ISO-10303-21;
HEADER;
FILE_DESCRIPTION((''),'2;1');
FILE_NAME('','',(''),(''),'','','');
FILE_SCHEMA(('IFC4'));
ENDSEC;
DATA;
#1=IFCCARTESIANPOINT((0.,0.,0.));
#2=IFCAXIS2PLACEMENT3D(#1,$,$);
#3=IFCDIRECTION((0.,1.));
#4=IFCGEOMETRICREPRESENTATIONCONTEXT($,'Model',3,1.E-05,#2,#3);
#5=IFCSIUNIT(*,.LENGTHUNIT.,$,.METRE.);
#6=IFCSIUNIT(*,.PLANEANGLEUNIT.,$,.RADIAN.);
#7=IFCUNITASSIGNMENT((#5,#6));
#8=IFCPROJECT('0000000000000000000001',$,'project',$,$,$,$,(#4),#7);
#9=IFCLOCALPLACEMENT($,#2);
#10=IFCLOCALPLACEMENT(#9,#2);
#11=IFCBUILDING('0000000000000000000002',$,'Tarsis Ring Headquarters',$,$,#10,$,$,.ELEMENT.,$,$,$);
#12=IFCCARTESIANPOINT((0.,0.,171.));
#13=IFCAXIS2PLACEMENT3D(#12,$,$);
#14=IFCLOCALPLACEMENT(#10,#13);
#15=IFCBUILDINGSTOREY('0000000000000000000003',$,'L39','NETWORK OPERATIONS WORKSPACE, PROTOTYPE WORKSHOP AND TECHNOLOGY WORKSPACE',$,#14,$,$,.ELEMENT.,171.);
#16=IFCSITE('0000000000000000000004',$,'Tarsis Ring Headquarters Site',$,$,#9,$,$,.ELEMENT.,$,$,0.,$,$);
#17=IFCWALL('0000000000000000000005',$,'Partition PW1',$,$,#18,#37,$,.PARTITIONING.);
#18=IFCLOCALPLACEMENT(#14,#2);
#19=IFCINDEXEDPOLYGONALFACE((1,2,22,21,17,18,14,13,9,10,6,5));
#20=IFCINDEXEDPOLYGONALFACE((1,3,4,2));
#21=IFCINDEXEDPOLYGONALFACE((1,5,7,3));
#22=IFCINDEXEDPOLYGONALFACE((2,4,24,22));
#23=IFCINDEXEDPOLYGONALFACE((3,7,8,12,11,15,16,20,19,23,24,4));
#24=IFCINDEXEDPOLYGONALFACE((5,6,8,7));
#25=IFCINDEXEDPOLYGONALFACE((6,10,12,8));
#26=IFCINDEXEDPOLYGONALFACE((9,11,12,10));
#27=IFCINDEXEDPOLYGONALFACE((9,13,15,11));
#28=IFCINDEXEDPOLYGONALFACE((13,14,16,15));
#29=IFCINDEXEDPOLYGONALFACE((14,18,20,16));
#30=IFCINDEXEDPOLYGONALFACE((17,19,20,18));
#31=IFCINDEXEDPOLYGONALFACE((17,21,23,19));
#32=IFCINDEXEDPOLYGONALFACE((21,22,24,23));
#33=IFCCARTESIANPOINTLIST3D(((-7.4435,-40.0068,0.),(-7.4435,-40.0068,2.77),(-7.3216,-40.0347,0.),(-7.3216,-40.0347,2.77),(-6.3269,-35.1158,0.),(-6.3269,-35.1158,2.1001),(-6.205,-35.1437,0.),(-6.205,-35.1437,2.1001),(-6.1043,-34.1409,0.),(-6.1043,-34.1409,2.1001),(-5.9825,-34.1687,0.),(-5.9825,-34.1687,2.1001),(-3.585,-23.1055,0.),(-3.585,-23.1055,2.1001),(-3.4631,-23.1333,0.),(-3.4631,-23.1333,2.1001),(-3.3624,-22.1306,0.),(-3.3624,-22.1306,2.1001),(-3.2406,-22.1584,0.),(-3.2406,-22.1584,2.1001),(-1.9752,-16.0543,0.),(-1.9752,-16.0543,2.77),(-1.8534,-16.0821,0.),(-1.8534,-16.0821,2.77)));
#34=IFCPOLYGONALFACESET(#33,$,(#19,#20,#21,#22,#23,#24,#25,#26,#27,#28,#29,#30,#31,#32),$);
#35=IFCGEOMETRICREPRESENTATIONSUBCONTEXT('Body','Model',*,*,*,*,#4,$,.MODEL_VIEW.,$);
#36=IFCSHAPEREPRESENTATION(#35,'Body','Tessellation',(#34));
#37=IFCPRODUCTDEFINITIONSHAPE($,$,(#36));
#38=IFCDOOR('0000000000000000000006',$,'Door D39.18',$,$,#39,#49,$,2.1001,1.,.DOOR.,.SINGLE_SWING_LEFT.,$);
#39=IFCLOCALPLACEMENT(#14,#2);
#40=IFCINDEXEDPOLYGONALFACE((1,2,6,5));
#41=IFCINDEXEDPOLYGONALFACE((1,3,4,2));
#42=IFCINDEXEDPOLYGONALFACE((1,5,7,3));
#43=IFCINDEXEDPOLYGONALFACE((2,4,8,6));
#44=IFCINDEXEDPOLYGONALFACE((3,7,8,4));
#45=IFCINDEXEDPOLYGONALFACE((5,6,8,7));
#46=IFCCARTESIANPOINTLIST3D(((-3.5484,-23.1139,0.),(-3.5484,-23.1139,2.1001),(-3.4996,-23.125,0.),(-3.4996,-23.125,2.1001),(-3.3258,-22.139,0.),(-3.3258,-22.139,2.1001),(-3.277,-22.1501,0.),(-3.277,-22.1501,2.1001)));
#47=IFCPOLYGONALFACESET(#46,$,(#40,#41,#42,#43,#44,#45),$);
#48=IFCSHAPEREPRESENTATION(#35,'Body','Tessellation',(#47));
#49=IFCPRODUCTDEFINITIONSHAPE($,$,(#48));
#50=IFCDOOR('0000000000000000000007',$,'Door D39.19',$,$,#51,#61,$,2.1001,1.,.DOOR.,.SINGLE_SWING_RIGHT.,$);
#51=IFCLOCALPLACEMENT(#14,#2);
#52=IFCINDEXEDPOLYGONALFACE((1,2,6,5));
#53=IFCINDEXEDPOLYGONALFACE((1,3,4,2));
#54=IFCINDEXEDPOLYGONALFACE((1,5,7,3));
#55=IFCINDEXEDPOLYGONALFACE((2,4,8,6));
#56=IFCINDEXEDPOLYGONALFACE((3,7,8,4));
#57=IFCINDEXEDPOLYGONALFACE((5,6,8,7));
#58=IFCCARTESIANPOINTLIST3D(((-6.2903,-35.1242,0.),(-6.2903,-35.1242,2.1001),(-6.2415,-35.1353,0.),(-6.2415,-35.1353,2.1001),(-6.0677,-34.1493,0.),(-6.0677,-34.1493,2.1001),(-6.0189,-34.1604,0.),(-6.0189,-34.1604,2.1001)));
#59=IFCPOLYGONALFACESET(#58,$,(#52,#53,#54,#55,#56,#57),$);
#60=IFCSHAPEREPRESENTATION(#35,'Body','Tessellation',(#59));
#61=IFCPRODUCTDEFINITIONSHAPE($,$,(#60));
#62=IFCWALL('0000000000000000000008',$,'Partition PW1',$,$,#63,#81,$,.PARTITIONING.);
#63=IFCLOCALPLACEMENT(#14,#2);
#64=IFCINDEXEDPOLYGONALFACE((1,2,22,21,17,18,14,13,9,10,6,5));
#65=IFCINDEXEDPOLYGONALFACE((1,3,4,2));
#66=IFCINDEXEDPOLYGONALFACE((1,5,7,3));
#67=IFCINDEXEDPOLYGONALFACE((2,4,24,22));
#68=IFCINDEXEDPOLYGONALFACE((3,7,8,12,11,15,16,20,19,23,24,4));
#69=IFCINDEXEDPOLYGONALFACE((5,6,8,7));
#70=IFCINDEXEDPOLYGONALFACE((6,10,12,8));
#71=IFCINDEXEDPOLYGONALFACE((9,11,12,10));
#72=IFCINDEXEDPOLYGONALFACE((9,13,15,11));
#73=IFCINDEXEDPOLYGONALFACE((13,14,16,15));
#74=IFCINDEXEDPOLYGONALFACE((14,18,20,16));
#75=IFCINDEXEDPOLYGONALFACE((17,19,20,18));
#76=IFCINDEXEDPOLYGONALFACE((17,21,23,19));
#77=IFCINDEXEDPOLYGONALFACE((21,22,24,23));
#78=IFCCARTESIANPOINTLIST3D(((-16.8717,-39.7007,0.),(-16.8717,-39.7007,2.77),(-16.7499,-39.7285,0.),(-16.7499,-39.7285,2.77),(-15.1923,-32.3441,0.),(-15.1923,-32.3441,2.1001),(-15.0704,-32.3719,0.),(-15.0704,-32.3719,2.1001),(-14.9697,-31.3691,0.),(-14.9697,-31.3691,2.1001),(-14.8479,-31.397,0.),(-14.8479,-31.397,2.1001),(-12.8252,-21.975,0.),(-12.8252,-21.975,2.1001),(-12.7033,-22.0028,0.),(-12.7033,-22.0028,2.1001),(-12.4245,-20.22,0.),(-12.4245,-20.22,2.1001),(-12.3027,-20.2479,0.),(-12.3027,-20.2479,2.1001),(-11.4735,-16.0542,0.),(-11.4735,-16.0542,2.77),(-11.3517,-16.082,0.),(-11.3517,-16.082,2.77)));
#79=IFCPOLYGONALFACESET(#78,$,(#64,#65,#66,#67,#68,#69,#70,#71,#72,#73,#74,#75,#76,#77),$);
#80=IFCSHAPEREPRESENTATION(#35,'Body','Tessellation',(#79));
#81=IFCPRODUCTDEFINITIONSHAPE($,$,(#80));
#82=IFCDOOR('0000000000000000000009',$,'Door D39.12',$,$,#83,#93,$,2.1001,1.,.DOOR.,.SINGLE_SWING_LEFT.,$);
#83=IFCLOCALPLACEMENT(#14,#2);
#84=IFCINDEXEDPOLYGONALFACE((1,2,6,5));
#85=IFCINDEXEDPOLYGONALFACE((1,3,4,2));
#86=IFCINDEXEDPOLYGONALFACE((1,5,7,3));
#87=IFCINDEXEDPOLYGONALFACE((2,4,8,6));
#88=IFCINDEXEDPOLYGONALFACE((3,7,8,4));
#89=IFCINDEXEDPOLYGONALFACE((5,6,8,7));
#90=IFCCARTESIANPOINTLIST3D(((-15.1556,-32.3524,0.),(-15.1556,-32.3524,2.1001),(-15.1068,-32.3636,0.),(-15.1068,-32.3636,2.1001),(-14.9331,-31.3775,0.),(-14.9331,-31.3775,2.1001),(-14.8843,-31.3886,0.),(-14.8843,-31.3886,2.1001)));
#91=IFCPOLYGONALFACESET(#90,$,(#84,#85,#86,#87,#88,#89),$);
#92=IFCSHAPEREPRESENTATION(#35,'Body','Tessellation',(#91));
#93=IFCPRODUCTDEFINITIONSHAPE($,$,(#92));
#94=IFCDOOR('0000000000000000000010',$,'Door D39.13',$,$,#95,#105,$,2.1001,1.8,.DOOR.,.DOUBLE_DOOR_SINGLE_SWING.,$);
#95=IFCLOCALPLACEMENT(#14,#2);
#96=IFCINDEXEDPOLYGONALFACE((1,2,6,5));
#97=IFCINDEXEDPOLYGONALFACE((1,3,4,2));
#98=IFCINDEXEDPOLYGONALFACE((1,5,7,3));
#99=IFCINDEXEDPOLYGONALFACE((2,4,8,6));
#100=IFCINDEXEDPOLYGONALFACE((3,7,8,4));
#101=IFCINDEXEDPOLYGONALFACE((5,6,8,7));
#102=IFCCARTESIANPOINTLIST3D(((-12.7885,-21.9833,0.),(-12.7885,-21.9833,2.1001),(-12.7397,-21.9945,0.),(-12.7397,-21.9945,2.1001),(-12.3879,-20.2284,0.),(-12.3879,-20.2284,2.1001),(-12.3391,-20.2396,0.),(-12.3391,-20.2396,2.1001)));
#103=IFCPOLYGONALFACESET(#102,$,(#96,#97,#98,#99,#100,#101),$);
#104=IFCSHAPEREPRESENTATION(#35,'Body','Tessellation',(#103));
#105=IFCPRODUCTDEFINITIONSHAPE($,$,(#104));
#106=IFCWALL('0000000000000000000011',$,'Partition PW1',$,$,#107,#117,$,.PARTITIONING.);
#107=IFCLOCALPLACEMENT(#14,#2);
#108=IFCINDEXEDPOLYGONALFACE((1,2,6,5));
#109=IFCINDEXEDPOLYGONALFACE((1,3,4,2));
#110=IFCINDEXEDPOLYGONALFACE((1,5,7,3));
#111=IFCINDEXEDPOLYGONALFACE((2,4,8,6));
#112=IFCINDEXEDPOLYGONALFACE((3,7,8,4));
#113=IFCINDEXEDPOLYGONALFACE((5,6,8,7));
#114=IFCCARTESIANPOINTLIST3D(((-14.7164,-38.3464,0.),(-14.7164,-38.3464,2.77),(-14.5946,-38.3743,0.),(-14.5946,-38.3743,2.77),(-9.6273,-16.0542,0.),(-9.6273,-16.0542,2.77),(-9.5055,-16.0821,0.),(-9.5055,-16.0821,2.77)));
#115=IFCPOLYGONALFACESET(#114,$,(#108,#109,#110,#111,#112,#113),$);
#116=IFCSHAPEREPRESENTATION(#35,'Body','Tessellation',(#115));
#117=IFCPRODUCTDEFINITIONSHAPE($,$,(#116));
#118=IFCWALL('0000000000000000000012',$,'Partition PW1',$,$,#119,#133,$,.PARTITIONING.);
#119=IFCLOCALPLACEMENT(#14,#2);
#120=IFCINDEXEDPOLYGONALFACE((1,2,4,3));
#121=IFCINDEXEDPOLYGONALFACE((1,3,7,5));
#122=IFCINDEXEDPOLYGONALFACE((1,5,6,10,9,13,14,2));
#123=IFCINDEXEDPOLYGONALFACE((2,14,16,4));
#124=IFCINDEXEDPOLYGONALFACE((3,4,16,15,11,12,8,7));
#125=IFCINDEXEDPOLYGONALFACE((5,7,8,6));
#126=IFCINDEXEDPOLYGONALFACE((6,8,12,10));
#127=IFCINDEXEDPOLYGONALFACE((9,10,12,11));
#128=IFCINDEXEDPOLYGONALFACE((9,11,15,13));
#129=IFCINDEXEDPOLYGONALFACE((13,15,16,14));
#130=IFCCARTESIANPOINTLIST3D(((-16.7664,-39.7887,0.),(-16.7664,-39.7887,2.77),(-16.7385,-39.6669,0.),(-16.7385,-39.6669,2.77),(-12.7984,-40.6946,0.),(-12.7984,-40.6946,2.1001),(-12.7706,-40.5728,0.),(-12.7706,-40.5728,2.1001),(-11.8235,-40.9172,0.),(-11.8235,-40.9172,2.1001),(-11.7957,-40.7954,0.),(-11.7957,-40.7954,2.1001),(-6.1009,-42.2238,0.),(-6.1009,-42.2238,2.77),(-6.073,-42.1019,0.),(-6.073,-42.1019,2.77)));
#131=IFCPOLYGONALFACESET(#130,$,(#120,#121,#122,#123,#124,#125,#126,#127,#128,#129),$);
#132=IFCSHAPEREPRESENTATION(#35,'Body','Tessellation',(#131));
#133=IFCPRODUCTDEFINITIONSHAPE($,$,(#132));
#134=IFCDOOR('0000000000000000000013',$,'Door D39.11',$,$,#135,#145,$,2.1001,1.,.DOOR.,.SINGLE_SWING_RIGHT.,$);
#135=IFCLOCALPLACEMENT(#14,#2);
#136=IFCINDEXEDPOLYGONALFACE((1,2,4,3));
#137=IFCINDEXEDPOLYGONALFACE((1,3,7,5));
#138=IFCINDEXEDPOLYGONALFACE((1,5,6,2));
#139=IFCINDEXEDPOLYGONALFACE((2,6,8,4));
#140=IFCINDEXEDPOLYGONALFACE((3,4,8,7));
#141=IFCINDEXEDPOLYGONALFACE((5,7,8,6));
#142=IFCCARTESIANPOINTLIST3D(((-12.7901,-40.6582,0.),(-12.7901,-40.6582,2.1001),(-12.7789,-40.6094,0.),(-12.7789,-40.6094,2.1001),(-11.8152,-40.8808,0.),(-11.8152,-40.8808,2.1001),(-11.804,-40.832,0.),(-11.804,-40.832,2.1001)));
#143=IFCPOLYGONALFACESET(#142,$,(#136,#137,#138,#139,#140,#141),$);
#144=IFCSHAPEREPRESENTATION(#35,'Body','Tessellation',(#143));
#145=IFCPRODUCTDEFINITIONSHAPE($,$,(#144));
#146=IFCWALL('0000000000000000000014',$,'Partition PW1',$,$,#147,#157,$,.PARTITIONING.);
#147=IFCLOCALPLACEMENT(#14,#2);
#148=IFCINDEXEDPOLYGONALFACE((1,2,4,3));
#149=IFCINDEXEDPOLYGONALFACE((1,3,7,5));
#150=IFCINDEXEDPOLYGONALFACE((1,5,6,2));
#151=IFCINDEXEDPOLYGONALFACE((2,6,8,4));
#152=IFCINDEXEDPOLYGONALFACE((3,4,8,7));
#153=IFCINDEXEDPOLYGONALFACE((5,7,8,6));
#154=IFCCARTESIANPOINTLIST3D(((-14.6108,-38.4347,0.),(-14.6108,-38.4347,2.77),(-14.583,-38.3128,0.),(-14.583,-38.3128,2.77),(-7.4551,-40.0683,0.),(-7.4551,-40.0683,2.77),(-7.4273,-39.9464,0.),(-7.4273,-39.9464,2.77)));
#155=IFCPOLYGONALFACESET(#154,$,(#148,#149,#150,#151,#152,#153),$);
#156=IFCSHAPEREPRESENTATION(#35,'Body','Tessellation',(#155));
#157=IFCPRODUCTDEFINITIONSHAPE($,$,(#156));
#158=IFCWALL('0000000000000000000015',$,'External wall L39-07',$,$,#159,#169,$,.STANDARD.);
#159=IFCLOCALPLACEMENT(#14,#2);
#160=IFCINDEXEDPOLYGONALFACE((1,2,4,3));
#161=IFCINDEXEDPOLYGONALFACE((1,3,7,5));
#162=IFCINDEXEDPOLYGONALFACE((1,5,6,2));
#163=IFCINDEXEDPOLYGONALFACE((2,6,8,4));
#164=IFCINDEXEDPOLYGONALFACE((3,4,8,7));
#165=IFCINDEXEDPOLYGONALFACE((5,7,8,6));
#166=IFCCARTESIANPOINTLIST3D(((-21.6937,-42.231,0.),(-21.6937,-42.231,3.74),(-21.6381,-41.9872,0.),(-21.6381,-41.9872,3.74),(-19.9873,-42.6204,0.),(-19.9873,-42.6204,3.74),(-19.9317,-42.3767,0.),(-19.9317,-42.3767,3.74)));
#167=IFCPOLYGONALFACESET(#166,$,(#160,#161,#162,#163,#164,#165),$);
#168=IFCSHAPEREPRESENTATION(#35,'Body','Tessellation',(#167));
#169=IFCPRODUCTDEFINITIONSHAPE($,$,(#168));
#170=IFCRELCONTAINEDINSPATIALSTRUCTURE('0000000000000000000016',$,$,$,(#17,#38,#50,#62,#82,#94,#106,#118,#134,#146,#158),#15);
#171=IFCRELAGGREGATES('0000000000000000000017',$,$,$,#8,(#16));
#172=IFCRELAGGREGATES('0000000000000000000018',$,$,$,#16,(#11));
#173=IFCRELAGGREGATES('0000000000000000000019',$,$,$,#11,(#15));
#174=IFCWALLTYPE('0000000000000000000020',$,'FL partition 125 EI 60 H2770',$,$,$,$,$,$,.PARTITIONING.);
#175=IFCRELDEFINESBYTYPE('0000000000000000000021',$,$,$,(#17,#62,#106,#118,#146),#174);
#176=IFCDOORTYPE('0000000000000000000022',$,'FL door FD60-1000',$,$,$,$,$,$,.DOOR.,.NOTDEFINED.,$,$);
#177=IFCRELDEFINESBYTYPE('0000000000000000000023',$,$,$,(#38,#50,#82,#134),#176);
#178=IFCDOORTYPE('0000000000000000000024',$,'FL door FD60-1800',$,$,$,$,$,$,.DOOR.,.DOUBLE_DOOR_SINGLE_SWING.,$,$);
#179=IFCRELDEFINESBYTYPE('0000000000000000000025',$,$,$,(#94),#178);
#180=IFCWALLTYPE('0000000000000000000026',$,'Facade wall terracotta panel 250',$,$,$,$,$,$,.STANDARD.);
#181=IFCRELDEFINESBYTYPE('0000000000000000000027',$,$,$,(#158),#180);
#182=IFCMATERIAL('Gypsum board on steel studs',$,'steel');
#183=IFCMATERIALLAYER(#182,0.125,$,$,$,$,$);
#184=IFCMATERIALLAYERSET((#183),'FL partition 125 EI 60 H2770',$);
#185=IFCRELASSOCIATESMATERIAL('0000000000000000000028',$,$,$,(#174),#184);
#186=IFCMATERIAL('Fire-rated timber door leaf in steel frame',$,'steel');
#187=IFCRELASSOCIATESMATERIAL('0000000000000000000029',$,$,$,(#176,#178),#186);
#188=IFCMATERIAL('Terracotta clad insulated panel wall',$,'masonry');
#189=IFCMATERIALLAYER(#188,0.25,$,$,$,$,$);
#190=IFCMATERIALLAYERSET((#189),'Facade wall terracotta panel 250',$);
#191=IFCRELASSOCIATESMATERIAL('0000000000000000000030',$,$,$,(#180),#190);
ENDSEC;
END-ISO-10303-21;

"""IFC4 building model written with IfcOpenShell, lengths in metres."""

from ifc_helpers import new_model, si_unit, direction, frame, frame_2d, origin, place, context, subcontext, project, spatial, rectangle, extrude, material, layer, layer_set, type_object, element, fill, save


model = new_model("IFC4")

# Units and contexts
model_context = context("Model", 3, precision=1e-05, world=origin(), true_north=direction((0.0, 1.0)))
body_context = subcontext(model_context, "Body", "Model", "MODEL_VIEW")
ifc_project = project(units=[si_unit("LENGTHUNIT", "METRE"), si_unit("PLANEANGLEUNIT", "RADIAN")], contexts=[model_context])

# Site, building, storey
site_placement = place(None, origin())
site = spatial("IfcSite", under=ifc_project, at=site_placement, Name="Tarsis Ring Headquarters Site", CompositionType="ELEMENT", RefElevation=0.0)
building_placement = place(site_placement, origin())
building = spatial("IfcBuilding", under=site, at=building_placement, Name="Tarsis Ring Headquarters", CompositionType="ELEMENT")
storey_placement = place(building_placement, frame((0.0, 0.0, 171.0)))
storey = spatial("IfcBuildingStorey", under=building, at=storey_placement, Name="L39", Description="NETWORK OPERATIONS WORKSPACE, PROTOTYPE WORKSHOP AND TECHNOLOGY WORKSPACE", CompositionType="ELEMENT", Elevation=171.0)

# Shared definitions
ifc_material_1 = material(Name="Gypsum board on steel studs", Category="steel")

# Walls, openings, doors
ifc_layer_1 = layer(ifc_material_1, 0.125)
ifc_layer_set_1 = layer_set([ifc_layer_1], Name="FL partition 125 EI 60 H2770")
wall_type_1 = type_object("IfcWallType", Name="FL partition 125 EI 60 H2770", PredefinedType="PARTITIONING", material=ifc_layer_set_1)
wall_1_placement = place(storey_placement, frame((-7.3826, -40.0208, 0.0), z_axis=(0.0, 0.0, 1.0), x_axis=(0.222568, 0.974917, 0.0)))
wall_1 = element("IfcWall", 1, at=wall_1_placement, inside=storey, type_object=wall_type_1, Name="Partition PW1", PredefinedType="PARTITIONING", context=body_context, shape_type="SweptSolid", body=[
    extrude(rectangle(XDim=24.5688, YDim=0.125, at=frame_2d((12.2844, 0.0))), origin(), (0.0, 0.0, 1.0), 2.77),
])
opening_1_placement = place(wall_1_placement, frame((17.3362, 0.0, 0.0)))
opening_1 = element("IfcOpeningElement", 2, at=opening_1_placement, cuts=wall_1, PredefinedType="OPENING", context=body_context, shape_type="SweptSolid", body=[
    extrude(rectangle(XDim=1.0, YDim=2.1001, at=frame_2d((0.5, 1.05))), frame((0.0, 0.0725, 0.0), z_axis=(0.0, -1.0, 0.0), x_axis=(1.0, 0.0, 0.0)), (0.0, 0.0, 1.0), 0.145),
])
opening_2_placement = place(wall_1_placement, frame((5.0168, 0.0, 0.0)))
opening_2 = element("IfcOpeningElement", 3, at=opening_2_placement, cuts=wall_1, PredefinedType="OPENING", context=body_context, shape_type="SweptSolid", body=[
    extrude(rectangle(XDim=1.0, YDim=2.1001, at=frame_2d((0.5, 1.05))), frame((0.0, 0.0725, 0.0), z_axis=(0.0, -1.0, 0.0), x_axis=(1.0, 0.0, 0.0)), (0.0, 0.0, 1.0), 0.145),
])
ifc_material_2 = material(Name="Fire-rated timber door leaf in steel frame", Category="steel")
door_type_1 = type_object("IfcDoorType", Name="FL door FD60-1000", OperationType="NOTDEFINED", PredefinedType="DOOR", material=ifc_material_2)
door_1_placement = place(opening_1_placement, origin())
door_1 = element("IfcDoor", 4, at=door_1_placement, inside=storey, type_object=door_type_1, Name="Door D39.18", OperationType="SINGLE_SWING_LEFT", OverallHeight=2.1001, OverallWidth=1.0, PredefinedType="DOOR", context=body_context, shape_type="SweptSolid", body=[
    extrude(rectangle(XDim=1.0, YDim=2.1001, at=frame_2d((0.5, 1.05))), frame((0.0, 0.0249, 0.0), z_axis=(0.0, -1.0, 0.0), x_axis=(1.0, 0.0, 0.0)), (0.0, 0.0, 1.0), 0.05),
])
fill(opening_1, door_1)
door_2_placement = place(opening_2_placement, origin())
door_2 = element("IfcDoor", 5, at=door_2_placement, inside=storey, type_object=door_type_1, Name="Door D39.19", OperationType="SINGLE_SWING_RIGHT", OverallHeight=2.1001, OverallWidth=1.0, PredefinedType="DOOR", context=body_context, shape_type="SweptSolid", body=[
    extrude(rectangle(XDim=1.0, YDim=2.1001, at=frame_2d((0.5, 1.05))), frame((0.0, 0.0249, 0.0), z_axis=(0.0, -1.0, 0.0), x_axis=(1.0, 0.0, 0.0)), (0.0, 0.0, 1.0), 0.05),
])
fill(opening_2, door_2)
wall_2_placement = place(storey_placement, frame((-16.8108, -39.7146, 0.0), z_axis=(0.0, 0.0, 1.0), x_axis=(0.222562, 0.974919, 0.0)))
wall_2 = element("IfcWall", 6, at=wall_2_placement, inside=storey, type_object=wall_type_1, Name="Partition PW1", PredefinedType="PARTITIONING", context=body_context, shape_type="SweptSolid", body=[
    extrude(rectangle(XDim=24.2549, YDim=0.125, at=frame_2d((12.1274, 0.0))), origin(), (0.0, 0.0, 1.0), 2.77),
])
opening_3_placement = place(wall_2_placement, frame((7.5459, 0.0, 0.0)))
opening_3 = element("IfcOpeningElement", 7, at=opening_3_placement, cuts=wall_2, PredefinedType="OPENING", context=body_context, shape_type="SweptSolid", body=[
    extrude(rectangle(XDim=1.0, YDim=2.1001, at=frame_2d((0.5, 1.05))), frame((0.0, 0.0725, 0.0), z_axis=(0.0, -1.0, 0.0), x_axis=(1.0, 0.0, 0.0)), (0.0, 0.0, 1.0), 0.145),
])
opening_4_placement = place(wall_2_placement, frame((18.1819, 0.0, 0.0)))
opening_4 = element("IfcOpeningElement", 8, at=opening_4_placement, cuts=wall_2, PredefinedType="OPENING", context=body_context, shape_type="SweptSolid", body=[
    extrude(rectangle(XDim=1.8, YDim=2.1001, at=frame_2d((0.8999, 1.05))), frame((0.0, 0.0725, 0.0), z_axis=(0.0, -1.0, 0.0), x_axis=(1.0, 0.0, 0.0)), (0.0, 0.0, 1.0), 0.145),
])
door_3_placement = place(opening_3_placement, origin())
door_3 = element("IfcDoor", 9, at=door_3_placement, inside=storey, type_object=door_type_1, Name="Door D39.12", OperationType="SINGLE_SWING_LEFT", OverallHeight=2.1001, OverallWidth=1.0, PredefinedType="DOOR", context=body_context, shape_type="SweptSolid", body=[
    extrude(rectangle(XDim=1.0, YDim=2.1001, at=frame_2d((0.5, 1.05))), frame((0.0, 0.0249, 0.0), z_axis=(0.0, -1.0, 0.0), x_axis=(1.0, 0.0, 0.0)), (0.0, 0.0, 1.0), 0.05),
])
fill(opening_3, door_3)
door_type_2 = type_object("IfcDoorType", Name="FL door FD60-1800", OperationType="DOUBLE_DOOR_SINGLE_SWING", PredefinedType="DOOR", material=ifc_material_2)
door_4_placement = place(opening_4_placement, origin())
door_4 = element("IfcDoor", 10, at=door_4_placement, inside=storey, type_object=door_type_2, Name="Door D39.13", OperationType="DOUBLE_DOOR_SINGLE_SWING", OverallHeight=2.1001, OverallWidth=1.8, PredefinedType="DOOR", context=body_context, shape_type="SweptSolid", body=[
    extrude(rectangle(XDim=1.8, YDim=2.1001, at=frame_2d((0.8999, 1.05))), frame((0.0, 0.0249, 0.0), z_axis=(0.0, -1.0, 0.0), x_axis=(1.0, 0.0, 0.0)), (0.0, 0.0, 1.0), 0.05),
])
fill(opening_4, door_4)

# Wall
wall_3_placement = place(storey_placement, frame((-14.6555, -38.3604, 0.0), z_axis=(0.0, 0.0, 1.0), x_axis=(0.222565, 0.974918, 0.0)))
element("IfcWall", 11, at=wall_3_placement, inside=storey, type_object=wall_type_1, Name="Partition PW1", PredefinedType="PARTITIONING", context=body_context, shape_type="SweptSolid", body=[
    extrude(rectangle(XDim=22.8657, YDim=0.125, at=frame_2d((11.4329, 0.0))), origin(), (0.0, 0.0, 1.0), 2.77),
])

# Wall, opening, door
wall_4_placement = place(storey_placement, frame((-16.7524, -39.7278, 0.0), z_axis=(0.0, 0.0, 1.0), x_axis=(0.974914, -0.222584, 0.0)))
wall_4 = element("IfcWall", 12, at=wall_4_placement, inside=storey, type_object=wall_type_1, Name="Partition PW1", PredefinedType="PARTITIONING", context=body_context, shape_type="SweptSolid", body=[
    extrude(rectangle(XDim=10.9399, YDim=0.125, at=frame_2d((5.47, 0.0))), origin(), (0.0, 0.0, 1.0), 2.77),
])
opening_5_placement = place(wall_4_placement, frame((4.0701, 0.0, 0.0)))
opening_5 = element("IfcOpeningElement", 13, at=opening_5_placement, cuts=wall_4, PredefinedType="OPENING", context=body_context, shape_type="SweptSolid", body=[
    extrude(rectangle(XDim=1.0, YDim=2.1001, at=frame_2d((0.5, 1.05))), frame((0.0, 0.0725, 0.0), z_axis=(0.0, -1.0, 0.0), x_axis=(1.0, 0.0, 0.0)), (0.0, 0.0, 1.0), 0.145),
])
door_5_placement = place(opening_5_placement, origin())
door_5 = element("IfcDoor", 14, at=door_5_placement, inside=storey, type_object=door_type_1, Name="Door D39.11", OperationType="SINGLE_SWING_RIGHT", OverallHeight=2.1001, OverallWidth=1.0, PredefinedType="DOOR", context=body_context, shape_type="SweptSolid", body=[
    extrude(rectangle(XDim=1.0, YDim=2.1001, at=frame_2d((0.5, 1.05))), frame((0.0, 0.0249, 0.0), z_axis=(0.0, -1.0, 0.0), x_axis=(1.0, 0.0, 0.0)), (0.0, 0.0, 1.0), 0.05),
])
fill(opening_5, door_5)

# Walls
wall_5_placement = place(storey_placement, frame((-14.5969, -38.3738, 0.0), z_axis=(0.0, 0.0, 1.0), x_axis=(0.974919, -0.222558, 0.0)))
element("IfcWall", 15, at=wall_5_placement, inside=storey, type_object=wall_type_1, Name="Partition PW1", PredefinedType="PARTITIONING", context=body_context, shape_type="SweptSolid", body=[
    extrude(rectangle(XDim=7.3398, YDim=0.125, at=frame_2d((3.6699, 0.0))), origin(), (0.0, 0.0, 1.0), 2.77),
])
ifc_material_3 = material(Name="Terracotta clad insulated panel wall", Category="masonry")
ifc_layer_2 = layer(ifc_material_3, 0.25)
ifc_layer_set_2 = layer_set([ifc_layer_2], Name="Facade wall terracotta panel 250")
wall_type_2 = type_object("IfcWallType", Name="Facade wall terracotta panel 250", PredefinedType="STANDARD", material=ifc_layer_set_2)
wall_6_placement = place(storey_placement, frame((-21.6658, -42.1091, 0.0), z_axis=(0.0, 0.0, 1.0), x_axis=(0.974934, -0.222495, 0.0)))
element("IfcWall", 16, at=wall_6_placement, inside=storey, type_object=wall_type_2, Name="External wall L39-07", PredefinedType="STANDARD", context=body_context, shape_type="SweptSolid", body=[
    extrude(rectangle(XDim=1.7502, YDim=0.25, at=frame_2d((0.875, 0.0))), origin(), (0.0, 0.0, 1.0), 3.74),
])

save(model, "model.ifc")
